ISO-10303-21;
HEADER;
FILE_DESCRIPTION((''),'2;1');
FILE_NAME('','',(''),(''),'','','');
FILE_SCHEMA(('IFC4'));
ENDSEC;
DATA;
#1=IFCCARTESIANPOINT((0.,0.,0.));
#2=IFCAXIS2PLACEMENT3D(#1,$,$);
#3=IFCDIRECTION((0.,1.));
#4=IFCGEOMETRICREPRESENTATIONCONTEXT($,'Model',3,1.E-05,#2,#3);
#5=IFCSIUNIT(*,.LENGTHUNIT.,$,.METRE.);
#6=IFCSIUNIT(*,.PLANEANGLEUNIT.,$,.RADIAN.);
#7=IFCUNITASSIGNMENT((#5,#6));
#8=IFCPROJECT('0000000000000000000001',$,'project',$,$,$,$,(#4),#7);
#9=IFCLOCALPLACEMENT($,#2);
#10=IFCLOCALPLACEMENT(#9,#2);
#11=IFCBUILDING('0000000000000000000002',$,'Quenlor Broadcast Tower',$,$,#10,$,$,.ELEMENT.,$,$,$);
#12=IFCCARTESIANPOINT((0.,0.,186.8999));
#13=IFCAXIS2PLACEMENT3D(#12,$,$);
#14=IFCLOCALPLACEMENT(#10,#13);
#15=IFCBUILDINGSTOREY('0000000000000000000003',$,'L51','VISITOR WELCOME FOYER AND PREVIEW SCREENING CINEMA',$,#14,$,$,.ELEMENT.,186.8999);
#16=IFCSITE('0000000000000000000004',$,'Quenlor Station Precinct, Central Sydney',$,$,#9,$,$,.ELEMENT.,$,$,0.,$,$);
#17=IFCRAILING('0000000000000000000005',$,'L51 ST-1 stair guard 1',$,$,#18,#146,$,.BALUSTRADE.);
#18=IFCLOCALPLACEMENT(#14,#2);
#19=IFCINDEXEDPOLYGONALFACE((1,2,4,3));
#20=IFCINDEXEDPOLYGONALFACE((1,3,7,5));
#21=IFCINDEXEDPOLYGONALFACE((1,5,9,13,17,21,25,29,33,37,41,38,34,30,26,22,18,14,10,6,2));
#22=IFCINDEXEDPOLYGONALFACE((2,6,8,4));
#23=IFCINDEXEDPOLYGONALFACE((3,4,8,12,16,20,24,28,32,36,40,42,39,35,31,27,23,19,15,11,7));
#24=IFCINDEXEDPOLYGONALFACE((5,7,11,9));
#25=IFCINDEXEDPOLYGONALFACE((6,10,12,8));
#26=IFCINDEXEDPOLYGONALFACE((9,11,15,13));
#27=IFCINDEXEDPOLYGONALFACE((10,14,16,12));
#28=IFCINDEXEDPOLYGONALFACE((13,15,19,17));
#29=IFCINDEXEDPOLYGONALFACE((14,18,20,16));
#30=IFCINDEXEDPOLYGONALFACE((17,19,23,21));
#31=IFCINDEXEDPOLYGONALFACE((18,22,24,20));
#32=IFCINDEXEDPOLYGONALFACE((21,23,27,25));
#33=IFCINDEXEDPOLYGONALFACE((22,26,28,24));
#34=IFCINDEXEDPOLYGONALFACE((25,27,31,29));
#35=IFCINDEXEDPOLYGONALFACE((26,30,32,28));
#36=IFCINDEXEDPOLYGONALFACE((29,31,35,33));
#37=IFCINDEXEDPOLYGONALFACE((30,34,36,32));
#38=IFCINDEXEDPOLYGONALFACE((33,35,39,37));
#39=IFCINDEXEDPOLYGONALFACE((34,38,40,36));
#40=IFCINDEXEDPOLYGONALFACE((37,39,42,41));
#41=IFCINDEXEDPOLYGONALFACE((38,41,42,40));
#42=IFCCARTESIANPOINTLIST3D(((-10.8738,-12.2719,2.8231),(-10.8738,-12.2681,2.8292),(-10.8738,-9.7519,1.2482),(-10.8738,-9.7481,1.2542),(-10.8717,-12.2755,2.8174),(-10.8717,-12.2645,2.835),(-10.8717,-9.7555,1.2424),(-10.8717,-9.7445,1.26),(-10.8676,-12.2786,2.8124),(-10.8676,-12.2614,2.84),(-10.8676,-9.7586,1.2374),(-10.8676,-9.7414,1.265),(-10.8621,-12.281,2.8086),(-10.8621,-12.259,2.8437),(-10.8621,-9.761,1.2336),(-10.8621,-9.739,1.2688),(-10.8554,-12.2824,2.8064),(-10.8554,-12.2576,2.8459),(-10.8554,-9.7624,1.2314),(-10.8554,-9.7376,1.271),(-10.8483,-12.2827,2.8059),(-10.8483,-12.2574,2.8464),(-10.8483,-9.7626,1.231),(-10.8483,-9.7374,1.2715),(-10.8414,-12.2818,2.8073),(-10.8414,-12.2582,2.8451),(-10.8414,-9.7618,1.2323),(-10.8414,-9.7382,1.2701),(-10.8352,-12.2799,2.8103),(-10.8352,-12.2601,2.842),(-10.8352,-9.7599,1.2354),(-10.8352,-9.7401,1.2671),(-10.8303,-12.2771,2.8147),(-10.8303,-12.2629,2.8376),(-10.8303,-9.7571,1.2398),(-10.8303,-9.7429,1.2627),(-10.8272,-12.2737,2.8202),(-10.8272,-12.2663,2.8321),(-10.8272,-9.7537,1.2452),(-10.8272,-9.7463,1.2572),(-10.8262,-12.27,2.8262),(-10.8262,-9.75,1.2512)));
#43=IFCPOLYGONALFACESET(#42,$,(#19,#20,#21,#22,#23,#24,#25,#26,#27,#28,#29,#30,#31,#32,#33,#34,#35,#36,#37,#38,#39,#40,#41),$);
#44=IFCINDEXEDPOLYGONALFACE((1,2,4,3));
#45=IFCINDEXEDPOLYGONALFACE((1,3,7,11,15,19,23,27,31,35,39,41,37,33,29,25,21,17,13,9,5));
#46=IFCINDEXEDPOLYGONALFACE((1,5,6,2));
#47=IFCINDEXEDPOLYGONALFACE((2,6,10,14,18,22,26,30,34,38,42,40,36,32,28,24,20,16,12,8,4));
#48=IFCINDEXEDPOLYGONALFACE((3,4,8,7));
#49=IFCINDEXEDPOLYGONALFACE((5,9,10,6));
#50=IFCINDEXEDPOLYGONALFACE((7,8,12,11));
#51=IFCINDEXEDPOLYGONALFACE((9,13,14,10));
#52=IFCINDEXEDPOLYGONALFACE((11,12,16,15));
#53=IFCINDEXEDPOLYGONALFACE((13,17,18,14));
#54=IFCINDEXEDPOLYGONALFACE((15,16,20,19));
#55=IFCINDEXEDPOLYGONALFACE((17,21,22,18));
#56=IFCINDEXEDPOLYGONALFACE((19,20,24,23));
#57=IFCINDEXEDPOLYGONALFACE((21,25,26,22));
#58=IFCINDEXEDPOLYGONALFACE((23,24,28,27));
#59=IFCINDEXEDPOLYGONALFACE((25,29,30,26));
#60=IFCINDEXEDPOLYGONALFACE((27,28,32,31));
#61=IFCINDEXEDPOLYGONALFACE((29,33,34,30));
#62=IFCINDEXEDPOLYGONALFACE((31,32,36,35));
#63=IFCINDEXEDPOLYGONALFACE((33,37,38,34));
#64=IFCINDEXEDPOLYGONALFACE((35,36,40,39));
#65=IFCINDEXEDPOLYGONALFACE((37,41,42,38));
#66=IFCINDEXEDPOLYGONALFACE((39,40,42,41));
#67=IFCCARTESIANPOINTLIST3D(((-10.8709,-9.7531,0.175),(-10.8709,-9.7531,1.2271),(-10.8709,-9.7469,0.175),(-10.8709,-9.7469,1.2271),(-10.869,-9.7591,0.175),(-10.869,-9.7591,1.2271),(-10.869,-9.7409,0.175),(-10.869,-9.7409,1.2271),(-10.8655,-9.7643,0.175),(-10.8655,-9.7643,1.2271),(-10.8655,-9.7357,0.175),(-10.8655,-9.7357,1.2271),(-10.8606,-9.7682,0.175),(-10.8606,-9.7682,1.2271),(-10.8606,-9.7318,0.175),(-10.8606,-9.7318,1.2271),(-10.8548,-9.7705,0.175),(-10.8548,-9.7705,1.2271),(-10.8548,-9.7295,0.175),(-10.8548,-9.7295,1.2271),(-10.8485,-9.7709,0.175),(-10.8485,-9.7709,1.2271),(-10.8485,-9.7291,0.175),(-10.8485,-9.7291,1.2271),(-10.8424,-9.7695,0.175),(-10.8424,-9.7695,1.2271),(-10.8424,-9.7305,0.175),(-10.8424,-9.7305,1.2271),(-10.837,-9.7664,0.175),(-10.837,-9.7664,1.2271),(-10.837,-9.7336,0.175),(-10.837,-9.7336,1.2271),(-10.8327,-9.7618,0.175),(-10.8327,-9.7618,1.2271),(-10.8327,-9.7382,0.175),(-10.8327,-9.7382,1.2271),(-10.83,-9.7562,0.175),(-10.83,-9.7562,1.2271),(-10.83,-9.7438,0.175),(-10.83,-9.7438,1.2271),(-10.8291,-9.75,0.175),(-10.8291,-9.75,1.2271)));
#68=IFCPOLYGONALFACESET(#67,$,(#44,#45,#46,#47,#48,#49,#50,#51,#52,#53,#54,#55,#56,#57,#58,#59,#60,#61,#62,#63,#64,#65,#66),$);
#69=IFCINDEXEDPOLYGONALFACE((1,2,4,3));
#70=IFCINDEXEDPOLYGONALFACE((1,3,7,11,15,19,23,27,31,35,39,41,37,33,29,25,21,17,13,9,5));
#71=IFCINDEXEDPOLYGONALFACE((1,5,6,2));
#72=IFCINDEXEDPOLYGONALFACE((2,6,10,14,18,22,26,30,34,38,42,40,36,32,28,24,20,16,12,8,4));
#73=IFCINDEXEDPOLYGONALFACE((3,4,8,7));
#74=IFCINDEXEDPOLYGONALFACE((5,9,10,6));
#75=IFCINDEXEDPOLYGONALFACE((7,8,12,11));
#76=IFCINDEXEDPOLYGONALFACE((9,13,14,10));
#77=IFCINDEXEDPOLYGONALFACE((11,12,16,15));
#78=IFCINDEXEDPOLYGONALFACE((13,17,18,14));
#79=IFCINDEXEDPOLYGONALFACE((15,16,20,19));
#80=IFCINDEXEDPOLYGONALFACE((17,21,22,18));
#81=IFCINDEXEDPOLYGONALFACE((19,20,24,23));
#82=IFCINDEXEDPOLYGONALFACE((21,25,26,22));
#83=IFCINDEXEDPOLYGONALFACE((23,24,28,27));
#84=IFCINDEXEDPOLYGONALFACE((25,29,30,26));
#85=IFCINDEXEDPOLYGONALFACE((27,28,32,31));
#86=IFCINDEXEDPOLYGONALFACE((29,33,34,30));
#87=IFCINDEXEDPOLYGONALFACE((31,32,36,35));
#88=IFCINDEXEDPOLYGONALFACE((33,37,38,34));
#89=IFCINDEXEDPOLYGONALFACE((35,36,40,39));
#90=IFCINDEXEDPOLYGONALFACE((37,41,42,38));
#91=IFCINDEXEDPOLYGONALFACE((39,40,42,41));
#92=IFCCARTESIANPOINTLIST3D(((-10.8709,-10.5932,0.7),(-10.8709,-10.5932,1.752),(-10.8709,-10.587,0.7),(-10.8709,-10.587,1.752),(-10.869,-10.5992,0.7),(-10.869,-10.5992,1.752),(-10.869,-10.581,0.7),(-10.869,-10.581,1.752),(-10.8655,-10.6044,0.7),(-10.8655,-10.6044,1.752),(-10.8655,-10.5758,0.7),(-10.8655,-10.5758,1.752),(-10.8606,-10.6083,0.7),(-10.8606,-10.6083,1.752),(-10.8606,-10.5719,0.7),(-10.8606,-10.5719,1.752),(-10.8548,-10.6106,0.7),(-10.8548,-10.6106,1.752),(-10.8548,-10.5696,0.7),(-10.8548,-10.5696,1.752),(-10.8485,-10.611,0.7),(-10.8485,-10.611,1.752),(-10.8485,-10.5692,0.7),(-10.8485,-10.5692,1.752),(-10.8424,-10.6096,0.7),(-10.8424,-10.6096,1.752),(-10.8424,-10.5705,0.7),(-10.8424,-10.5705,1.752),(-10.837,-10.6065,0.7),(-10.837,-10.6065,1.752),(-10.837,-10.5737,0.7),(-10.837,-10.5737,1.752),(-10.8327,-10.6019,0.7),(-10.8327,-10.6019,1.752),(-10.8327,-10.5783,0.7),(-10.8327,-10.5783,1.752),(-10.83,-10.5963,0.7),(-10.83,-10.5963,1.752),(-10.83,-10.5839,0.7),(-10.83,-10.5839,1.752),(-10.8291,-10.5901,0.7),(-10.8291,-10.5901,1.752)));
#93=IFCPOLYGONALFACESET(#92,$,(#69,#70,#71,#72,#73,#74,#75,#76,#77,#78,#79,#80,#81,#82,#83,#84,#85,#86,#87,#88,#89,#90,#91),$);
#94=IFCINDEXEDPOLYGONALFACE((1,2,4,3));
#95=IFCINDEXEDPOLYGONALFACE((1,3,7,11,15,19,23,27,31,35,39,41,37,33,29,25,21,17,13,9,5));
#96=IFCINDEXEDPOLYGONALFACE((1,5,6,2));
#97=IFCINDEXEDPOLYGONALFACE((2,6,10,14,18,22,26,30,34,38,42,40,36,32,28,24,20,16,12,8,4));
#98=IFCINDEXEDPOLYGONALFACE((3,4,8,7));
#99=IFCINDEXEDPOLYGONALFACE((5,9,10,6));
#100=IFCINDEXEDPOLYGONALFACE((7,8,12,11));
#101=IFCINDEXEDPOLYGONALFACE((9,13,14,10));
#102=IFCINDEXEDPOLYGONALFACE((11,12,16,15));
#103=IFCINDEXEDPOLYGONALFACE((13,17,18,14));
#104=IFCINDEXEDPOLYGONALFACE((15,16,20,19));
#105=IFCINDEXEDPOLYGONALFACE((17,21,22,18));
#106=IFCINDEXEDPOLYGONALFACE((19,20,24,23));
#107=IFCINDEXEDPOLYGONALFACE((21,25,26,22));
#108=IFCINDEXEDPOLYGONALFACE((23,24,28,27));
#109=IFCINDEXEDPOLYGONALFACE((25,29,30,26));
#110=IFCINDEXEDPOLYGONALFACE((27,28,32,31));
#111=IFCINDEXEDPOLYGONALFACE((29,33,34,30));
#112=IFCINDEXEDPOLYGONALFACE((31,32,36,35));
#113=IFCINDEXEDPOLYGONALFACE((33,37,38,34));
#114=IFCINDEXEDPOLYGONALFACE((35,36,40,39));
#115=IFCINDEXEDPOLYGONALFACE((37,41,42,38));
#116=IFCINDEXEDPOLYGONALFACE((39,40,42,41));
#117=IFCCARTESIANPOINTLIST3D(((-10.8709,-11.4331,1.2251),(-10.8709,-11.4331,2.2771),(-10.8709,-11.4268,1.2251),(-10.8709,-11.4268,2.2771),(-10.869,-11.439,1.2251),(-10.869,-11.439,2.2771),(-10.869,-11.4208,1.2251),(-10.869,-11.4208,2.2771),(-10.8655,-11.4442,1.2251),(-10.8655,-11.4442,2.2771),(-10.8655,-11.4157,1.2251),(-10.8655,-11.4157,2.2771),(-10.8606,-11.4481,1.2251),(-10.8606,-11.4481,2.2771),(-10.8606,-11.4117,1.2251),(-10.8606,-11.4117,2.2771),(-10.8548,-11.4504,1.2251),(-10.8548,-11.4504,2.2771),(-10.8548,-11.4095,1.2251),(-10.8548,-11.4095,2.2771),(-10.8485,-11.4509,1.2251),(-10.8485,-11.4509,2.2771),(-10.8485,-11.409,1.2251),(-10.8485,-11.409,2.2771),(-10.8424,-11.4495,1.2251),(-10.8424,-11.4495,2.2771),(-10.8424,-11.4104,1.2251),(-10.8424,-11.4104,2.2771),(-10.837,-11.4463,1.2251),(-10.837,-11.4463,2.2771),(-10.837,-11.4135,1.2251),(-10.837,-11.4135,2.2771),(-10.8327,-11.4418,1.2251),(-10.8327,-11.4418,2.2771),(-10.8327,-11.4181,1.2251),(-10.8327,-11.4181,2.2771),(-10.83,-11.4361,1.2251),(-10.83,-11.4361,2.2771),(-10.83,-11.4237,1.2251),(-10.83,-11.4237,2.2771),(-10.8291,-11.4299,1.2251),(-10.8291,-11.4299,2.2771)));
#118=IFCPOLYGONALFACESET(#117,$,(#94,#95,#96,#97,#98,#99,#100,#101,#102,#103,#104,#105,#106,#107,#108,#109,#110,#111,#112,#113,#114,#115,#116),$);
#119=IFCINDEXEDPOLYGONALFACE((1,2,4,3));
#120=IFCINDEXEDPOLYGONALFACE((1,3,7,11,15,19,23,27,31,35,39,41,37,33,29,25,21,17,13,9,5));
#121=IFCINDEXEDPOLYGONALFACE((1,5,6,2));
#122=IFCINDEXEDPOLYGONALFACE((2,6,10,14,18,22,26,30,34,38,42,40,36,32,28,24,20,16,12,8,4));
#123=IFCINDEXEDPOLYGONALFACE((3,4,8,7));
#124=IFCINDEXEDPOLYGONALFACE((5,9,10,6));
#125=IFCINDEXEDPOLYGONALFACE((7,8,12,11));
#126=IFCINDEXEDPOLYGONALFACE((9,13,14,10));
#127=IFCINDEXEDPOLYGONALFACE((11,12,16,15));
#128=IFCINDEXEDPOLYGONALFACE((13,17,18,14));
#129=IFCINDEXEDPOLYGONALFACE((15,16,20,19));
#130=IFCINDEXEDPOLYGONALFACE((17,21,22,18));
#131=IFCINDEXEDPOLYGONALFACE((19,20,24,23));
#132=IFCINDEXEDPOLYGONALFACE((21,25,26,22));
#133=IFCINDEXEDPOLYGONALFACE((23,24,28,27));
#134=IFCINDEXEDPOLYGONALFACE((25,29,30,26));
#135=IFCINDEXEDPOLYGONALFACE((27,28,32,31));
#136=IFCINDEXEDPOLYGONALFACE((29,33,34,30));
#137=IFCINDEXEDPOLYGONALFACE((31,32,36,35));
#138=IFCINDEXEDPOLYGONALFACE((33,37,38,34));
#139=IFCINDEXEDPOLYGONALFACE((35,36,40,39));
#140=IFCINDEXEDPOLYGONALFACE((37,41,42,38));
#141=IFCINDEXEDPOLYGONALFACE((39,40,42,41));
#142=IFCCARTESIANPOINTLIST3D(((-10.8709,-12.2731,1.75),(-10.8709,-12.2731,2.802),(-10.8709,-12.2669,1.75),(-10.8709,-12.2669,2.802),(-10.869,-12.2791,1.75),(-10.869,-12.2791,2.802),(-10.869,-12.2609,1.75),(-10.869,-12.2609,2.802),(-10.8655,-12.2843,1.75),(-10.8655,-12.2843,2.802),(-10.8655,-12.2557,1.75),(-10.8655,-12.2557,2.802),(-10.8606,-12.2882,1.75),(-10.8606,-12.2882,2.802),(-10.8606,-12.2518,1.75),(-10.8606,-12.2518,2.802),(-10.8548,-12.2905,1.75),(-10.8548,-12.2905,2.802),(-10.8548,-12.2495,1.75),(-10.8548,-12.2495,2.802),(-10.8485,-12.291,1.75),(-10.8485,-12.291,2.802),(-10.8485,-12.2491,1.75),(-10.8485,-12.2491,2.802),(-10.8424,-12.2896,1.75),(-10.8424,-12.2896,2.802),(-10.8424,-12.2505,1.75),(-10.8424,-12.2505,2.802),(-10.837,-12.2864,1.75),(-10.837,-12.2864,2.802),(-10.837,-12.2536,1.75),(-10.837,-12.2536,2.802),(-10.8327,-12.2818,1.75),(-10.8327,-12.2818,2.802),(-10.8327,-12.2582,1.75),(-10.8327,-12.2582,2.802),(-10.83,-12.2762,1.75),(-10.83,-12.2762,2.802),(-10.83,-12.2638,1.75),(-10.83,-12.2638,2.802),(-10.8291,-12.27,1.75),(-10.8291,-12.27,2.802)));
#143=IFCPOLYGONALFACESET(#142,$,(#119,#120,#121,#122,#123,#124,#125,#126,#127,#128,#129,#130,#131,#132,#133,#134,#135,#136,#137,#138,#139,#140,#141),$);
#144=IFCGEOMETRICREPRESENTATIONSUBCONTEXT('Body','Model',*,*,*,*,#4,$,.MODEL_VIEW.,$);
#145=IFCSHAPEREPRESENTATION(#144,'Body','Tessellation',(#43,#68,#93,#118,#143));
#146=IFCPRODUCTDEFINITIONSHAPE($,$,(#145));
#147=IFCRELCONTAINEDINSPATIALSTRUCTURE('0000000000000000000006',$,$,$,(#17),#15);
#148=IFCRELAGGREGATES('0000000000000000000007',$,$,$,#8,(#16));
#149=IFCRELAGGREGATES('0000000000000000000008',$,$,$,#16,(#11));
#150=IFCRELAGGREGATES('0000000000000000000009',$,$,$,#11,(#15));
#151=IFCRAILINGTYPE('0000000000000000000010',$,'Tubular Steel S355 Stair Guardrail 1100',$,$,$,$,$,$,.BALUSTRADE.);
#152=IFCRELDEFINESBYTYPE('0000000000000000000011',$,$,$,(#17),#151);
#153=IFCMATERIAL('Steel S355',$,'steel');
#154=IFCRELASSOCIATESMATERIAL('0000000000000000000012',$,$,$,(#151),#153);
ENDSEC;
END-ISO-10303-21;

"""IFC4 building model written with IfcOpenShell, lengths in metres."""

from ifc_helpers import new_model, si_unit, direction, frame, origin, origin_2d, place, context, subcontext, project, spatial, circle, extrude, material, type_object, element, save


model = new_model("IFC4")

# Units and contexts
model_context = context("Model", 3, precision=1e-05, world=origin(), true_north=direction((0.0, 1.0)))
body_context = subcontext(model_context, "Body", "Model", "MODEL_VIEW")
ifc_project = project(units=[si_unit("LENGTHUNIT", "METRE"), si_unit("PLANEANGLEUNIT", "RADIAN")], contexts=[model_context])

# Site, building, storey
site_placement = place(None, origin())
site = spatial("IfcSite", under=ifc_project, at=site_placement, Name="Quenlor Station Precinct, Central Sydney", CompositionType="ELEMENT", RefElevation=0.0)
building_placement = place(site_placement, origin())
building = spatial("IfcBuilding", under=site, at=building_placement, Name="Quenlor Broadcast Tower", CompositionType="ELEMENT")
storey_placement = place(building_placement, frame((0.0, 0.0, 186.8999)))
storey = spatial("IfcBuildingStorey", under=building, at=storey_placement, Name="L51", Description="VISITOR WELCOME FOYER AND PREVIEW SCREENING CINEMA", CompositionType="ELEMENT", Elevation=186.8999)

# Railing
ifc_material_1 = material(Name="Steel S355", Category="steel")
railing_type_1 = type_object("IfcRailingType", Name="Tubular Steel S355 Stair Guardrail 1100", PredefinedType="BALUSTRADE", material=ifc_material_1)
railing_1_placement = place(storey_placement, frame((-10.8501, -9.75, 0.175)))
element("IfcRailing", 1, at=railing_1_placement, inside=storey, type_object=railing_type_1, Name="L51 ST-1 stair guard 1", PredefinedType="BALUSTRADE", context=body_context, shape_type="SweptSolid", body=[
    extrude(circle(Radius=0.0239, at=origin_2d()), frame((0.0, 0.0, 1.0762), z_axis=(0.0, -0.848008, 0.529984), x_axis=(1.0, 0.0, 0.0)), (0.0, 0.0, 1.0), 2.9717),
    extrude(circle(Radius=0.021, at=origin_2d()), origin(), (0.0, 0.0, 1.0), 1.052),
    extrude(circle(Radius=0.021, at=origin_2d()), frame((0.0, -0.8401, 0.5249)), (0.0, 0.0, 1.0), 1.052),
    extrude(circle(Radius=0.021, at=origin_2d()), frame((0.0, -1.6799, 1.05)), (0.0, 0.0, 1.0), 1.052),
    extrude(circle(Radius=0.021, at=origin_2d()), frame((0.0, -2.52, 1.575)), (0.0, 0.0, 1.0), 1.052),
])

save(model, "model.ifc")
